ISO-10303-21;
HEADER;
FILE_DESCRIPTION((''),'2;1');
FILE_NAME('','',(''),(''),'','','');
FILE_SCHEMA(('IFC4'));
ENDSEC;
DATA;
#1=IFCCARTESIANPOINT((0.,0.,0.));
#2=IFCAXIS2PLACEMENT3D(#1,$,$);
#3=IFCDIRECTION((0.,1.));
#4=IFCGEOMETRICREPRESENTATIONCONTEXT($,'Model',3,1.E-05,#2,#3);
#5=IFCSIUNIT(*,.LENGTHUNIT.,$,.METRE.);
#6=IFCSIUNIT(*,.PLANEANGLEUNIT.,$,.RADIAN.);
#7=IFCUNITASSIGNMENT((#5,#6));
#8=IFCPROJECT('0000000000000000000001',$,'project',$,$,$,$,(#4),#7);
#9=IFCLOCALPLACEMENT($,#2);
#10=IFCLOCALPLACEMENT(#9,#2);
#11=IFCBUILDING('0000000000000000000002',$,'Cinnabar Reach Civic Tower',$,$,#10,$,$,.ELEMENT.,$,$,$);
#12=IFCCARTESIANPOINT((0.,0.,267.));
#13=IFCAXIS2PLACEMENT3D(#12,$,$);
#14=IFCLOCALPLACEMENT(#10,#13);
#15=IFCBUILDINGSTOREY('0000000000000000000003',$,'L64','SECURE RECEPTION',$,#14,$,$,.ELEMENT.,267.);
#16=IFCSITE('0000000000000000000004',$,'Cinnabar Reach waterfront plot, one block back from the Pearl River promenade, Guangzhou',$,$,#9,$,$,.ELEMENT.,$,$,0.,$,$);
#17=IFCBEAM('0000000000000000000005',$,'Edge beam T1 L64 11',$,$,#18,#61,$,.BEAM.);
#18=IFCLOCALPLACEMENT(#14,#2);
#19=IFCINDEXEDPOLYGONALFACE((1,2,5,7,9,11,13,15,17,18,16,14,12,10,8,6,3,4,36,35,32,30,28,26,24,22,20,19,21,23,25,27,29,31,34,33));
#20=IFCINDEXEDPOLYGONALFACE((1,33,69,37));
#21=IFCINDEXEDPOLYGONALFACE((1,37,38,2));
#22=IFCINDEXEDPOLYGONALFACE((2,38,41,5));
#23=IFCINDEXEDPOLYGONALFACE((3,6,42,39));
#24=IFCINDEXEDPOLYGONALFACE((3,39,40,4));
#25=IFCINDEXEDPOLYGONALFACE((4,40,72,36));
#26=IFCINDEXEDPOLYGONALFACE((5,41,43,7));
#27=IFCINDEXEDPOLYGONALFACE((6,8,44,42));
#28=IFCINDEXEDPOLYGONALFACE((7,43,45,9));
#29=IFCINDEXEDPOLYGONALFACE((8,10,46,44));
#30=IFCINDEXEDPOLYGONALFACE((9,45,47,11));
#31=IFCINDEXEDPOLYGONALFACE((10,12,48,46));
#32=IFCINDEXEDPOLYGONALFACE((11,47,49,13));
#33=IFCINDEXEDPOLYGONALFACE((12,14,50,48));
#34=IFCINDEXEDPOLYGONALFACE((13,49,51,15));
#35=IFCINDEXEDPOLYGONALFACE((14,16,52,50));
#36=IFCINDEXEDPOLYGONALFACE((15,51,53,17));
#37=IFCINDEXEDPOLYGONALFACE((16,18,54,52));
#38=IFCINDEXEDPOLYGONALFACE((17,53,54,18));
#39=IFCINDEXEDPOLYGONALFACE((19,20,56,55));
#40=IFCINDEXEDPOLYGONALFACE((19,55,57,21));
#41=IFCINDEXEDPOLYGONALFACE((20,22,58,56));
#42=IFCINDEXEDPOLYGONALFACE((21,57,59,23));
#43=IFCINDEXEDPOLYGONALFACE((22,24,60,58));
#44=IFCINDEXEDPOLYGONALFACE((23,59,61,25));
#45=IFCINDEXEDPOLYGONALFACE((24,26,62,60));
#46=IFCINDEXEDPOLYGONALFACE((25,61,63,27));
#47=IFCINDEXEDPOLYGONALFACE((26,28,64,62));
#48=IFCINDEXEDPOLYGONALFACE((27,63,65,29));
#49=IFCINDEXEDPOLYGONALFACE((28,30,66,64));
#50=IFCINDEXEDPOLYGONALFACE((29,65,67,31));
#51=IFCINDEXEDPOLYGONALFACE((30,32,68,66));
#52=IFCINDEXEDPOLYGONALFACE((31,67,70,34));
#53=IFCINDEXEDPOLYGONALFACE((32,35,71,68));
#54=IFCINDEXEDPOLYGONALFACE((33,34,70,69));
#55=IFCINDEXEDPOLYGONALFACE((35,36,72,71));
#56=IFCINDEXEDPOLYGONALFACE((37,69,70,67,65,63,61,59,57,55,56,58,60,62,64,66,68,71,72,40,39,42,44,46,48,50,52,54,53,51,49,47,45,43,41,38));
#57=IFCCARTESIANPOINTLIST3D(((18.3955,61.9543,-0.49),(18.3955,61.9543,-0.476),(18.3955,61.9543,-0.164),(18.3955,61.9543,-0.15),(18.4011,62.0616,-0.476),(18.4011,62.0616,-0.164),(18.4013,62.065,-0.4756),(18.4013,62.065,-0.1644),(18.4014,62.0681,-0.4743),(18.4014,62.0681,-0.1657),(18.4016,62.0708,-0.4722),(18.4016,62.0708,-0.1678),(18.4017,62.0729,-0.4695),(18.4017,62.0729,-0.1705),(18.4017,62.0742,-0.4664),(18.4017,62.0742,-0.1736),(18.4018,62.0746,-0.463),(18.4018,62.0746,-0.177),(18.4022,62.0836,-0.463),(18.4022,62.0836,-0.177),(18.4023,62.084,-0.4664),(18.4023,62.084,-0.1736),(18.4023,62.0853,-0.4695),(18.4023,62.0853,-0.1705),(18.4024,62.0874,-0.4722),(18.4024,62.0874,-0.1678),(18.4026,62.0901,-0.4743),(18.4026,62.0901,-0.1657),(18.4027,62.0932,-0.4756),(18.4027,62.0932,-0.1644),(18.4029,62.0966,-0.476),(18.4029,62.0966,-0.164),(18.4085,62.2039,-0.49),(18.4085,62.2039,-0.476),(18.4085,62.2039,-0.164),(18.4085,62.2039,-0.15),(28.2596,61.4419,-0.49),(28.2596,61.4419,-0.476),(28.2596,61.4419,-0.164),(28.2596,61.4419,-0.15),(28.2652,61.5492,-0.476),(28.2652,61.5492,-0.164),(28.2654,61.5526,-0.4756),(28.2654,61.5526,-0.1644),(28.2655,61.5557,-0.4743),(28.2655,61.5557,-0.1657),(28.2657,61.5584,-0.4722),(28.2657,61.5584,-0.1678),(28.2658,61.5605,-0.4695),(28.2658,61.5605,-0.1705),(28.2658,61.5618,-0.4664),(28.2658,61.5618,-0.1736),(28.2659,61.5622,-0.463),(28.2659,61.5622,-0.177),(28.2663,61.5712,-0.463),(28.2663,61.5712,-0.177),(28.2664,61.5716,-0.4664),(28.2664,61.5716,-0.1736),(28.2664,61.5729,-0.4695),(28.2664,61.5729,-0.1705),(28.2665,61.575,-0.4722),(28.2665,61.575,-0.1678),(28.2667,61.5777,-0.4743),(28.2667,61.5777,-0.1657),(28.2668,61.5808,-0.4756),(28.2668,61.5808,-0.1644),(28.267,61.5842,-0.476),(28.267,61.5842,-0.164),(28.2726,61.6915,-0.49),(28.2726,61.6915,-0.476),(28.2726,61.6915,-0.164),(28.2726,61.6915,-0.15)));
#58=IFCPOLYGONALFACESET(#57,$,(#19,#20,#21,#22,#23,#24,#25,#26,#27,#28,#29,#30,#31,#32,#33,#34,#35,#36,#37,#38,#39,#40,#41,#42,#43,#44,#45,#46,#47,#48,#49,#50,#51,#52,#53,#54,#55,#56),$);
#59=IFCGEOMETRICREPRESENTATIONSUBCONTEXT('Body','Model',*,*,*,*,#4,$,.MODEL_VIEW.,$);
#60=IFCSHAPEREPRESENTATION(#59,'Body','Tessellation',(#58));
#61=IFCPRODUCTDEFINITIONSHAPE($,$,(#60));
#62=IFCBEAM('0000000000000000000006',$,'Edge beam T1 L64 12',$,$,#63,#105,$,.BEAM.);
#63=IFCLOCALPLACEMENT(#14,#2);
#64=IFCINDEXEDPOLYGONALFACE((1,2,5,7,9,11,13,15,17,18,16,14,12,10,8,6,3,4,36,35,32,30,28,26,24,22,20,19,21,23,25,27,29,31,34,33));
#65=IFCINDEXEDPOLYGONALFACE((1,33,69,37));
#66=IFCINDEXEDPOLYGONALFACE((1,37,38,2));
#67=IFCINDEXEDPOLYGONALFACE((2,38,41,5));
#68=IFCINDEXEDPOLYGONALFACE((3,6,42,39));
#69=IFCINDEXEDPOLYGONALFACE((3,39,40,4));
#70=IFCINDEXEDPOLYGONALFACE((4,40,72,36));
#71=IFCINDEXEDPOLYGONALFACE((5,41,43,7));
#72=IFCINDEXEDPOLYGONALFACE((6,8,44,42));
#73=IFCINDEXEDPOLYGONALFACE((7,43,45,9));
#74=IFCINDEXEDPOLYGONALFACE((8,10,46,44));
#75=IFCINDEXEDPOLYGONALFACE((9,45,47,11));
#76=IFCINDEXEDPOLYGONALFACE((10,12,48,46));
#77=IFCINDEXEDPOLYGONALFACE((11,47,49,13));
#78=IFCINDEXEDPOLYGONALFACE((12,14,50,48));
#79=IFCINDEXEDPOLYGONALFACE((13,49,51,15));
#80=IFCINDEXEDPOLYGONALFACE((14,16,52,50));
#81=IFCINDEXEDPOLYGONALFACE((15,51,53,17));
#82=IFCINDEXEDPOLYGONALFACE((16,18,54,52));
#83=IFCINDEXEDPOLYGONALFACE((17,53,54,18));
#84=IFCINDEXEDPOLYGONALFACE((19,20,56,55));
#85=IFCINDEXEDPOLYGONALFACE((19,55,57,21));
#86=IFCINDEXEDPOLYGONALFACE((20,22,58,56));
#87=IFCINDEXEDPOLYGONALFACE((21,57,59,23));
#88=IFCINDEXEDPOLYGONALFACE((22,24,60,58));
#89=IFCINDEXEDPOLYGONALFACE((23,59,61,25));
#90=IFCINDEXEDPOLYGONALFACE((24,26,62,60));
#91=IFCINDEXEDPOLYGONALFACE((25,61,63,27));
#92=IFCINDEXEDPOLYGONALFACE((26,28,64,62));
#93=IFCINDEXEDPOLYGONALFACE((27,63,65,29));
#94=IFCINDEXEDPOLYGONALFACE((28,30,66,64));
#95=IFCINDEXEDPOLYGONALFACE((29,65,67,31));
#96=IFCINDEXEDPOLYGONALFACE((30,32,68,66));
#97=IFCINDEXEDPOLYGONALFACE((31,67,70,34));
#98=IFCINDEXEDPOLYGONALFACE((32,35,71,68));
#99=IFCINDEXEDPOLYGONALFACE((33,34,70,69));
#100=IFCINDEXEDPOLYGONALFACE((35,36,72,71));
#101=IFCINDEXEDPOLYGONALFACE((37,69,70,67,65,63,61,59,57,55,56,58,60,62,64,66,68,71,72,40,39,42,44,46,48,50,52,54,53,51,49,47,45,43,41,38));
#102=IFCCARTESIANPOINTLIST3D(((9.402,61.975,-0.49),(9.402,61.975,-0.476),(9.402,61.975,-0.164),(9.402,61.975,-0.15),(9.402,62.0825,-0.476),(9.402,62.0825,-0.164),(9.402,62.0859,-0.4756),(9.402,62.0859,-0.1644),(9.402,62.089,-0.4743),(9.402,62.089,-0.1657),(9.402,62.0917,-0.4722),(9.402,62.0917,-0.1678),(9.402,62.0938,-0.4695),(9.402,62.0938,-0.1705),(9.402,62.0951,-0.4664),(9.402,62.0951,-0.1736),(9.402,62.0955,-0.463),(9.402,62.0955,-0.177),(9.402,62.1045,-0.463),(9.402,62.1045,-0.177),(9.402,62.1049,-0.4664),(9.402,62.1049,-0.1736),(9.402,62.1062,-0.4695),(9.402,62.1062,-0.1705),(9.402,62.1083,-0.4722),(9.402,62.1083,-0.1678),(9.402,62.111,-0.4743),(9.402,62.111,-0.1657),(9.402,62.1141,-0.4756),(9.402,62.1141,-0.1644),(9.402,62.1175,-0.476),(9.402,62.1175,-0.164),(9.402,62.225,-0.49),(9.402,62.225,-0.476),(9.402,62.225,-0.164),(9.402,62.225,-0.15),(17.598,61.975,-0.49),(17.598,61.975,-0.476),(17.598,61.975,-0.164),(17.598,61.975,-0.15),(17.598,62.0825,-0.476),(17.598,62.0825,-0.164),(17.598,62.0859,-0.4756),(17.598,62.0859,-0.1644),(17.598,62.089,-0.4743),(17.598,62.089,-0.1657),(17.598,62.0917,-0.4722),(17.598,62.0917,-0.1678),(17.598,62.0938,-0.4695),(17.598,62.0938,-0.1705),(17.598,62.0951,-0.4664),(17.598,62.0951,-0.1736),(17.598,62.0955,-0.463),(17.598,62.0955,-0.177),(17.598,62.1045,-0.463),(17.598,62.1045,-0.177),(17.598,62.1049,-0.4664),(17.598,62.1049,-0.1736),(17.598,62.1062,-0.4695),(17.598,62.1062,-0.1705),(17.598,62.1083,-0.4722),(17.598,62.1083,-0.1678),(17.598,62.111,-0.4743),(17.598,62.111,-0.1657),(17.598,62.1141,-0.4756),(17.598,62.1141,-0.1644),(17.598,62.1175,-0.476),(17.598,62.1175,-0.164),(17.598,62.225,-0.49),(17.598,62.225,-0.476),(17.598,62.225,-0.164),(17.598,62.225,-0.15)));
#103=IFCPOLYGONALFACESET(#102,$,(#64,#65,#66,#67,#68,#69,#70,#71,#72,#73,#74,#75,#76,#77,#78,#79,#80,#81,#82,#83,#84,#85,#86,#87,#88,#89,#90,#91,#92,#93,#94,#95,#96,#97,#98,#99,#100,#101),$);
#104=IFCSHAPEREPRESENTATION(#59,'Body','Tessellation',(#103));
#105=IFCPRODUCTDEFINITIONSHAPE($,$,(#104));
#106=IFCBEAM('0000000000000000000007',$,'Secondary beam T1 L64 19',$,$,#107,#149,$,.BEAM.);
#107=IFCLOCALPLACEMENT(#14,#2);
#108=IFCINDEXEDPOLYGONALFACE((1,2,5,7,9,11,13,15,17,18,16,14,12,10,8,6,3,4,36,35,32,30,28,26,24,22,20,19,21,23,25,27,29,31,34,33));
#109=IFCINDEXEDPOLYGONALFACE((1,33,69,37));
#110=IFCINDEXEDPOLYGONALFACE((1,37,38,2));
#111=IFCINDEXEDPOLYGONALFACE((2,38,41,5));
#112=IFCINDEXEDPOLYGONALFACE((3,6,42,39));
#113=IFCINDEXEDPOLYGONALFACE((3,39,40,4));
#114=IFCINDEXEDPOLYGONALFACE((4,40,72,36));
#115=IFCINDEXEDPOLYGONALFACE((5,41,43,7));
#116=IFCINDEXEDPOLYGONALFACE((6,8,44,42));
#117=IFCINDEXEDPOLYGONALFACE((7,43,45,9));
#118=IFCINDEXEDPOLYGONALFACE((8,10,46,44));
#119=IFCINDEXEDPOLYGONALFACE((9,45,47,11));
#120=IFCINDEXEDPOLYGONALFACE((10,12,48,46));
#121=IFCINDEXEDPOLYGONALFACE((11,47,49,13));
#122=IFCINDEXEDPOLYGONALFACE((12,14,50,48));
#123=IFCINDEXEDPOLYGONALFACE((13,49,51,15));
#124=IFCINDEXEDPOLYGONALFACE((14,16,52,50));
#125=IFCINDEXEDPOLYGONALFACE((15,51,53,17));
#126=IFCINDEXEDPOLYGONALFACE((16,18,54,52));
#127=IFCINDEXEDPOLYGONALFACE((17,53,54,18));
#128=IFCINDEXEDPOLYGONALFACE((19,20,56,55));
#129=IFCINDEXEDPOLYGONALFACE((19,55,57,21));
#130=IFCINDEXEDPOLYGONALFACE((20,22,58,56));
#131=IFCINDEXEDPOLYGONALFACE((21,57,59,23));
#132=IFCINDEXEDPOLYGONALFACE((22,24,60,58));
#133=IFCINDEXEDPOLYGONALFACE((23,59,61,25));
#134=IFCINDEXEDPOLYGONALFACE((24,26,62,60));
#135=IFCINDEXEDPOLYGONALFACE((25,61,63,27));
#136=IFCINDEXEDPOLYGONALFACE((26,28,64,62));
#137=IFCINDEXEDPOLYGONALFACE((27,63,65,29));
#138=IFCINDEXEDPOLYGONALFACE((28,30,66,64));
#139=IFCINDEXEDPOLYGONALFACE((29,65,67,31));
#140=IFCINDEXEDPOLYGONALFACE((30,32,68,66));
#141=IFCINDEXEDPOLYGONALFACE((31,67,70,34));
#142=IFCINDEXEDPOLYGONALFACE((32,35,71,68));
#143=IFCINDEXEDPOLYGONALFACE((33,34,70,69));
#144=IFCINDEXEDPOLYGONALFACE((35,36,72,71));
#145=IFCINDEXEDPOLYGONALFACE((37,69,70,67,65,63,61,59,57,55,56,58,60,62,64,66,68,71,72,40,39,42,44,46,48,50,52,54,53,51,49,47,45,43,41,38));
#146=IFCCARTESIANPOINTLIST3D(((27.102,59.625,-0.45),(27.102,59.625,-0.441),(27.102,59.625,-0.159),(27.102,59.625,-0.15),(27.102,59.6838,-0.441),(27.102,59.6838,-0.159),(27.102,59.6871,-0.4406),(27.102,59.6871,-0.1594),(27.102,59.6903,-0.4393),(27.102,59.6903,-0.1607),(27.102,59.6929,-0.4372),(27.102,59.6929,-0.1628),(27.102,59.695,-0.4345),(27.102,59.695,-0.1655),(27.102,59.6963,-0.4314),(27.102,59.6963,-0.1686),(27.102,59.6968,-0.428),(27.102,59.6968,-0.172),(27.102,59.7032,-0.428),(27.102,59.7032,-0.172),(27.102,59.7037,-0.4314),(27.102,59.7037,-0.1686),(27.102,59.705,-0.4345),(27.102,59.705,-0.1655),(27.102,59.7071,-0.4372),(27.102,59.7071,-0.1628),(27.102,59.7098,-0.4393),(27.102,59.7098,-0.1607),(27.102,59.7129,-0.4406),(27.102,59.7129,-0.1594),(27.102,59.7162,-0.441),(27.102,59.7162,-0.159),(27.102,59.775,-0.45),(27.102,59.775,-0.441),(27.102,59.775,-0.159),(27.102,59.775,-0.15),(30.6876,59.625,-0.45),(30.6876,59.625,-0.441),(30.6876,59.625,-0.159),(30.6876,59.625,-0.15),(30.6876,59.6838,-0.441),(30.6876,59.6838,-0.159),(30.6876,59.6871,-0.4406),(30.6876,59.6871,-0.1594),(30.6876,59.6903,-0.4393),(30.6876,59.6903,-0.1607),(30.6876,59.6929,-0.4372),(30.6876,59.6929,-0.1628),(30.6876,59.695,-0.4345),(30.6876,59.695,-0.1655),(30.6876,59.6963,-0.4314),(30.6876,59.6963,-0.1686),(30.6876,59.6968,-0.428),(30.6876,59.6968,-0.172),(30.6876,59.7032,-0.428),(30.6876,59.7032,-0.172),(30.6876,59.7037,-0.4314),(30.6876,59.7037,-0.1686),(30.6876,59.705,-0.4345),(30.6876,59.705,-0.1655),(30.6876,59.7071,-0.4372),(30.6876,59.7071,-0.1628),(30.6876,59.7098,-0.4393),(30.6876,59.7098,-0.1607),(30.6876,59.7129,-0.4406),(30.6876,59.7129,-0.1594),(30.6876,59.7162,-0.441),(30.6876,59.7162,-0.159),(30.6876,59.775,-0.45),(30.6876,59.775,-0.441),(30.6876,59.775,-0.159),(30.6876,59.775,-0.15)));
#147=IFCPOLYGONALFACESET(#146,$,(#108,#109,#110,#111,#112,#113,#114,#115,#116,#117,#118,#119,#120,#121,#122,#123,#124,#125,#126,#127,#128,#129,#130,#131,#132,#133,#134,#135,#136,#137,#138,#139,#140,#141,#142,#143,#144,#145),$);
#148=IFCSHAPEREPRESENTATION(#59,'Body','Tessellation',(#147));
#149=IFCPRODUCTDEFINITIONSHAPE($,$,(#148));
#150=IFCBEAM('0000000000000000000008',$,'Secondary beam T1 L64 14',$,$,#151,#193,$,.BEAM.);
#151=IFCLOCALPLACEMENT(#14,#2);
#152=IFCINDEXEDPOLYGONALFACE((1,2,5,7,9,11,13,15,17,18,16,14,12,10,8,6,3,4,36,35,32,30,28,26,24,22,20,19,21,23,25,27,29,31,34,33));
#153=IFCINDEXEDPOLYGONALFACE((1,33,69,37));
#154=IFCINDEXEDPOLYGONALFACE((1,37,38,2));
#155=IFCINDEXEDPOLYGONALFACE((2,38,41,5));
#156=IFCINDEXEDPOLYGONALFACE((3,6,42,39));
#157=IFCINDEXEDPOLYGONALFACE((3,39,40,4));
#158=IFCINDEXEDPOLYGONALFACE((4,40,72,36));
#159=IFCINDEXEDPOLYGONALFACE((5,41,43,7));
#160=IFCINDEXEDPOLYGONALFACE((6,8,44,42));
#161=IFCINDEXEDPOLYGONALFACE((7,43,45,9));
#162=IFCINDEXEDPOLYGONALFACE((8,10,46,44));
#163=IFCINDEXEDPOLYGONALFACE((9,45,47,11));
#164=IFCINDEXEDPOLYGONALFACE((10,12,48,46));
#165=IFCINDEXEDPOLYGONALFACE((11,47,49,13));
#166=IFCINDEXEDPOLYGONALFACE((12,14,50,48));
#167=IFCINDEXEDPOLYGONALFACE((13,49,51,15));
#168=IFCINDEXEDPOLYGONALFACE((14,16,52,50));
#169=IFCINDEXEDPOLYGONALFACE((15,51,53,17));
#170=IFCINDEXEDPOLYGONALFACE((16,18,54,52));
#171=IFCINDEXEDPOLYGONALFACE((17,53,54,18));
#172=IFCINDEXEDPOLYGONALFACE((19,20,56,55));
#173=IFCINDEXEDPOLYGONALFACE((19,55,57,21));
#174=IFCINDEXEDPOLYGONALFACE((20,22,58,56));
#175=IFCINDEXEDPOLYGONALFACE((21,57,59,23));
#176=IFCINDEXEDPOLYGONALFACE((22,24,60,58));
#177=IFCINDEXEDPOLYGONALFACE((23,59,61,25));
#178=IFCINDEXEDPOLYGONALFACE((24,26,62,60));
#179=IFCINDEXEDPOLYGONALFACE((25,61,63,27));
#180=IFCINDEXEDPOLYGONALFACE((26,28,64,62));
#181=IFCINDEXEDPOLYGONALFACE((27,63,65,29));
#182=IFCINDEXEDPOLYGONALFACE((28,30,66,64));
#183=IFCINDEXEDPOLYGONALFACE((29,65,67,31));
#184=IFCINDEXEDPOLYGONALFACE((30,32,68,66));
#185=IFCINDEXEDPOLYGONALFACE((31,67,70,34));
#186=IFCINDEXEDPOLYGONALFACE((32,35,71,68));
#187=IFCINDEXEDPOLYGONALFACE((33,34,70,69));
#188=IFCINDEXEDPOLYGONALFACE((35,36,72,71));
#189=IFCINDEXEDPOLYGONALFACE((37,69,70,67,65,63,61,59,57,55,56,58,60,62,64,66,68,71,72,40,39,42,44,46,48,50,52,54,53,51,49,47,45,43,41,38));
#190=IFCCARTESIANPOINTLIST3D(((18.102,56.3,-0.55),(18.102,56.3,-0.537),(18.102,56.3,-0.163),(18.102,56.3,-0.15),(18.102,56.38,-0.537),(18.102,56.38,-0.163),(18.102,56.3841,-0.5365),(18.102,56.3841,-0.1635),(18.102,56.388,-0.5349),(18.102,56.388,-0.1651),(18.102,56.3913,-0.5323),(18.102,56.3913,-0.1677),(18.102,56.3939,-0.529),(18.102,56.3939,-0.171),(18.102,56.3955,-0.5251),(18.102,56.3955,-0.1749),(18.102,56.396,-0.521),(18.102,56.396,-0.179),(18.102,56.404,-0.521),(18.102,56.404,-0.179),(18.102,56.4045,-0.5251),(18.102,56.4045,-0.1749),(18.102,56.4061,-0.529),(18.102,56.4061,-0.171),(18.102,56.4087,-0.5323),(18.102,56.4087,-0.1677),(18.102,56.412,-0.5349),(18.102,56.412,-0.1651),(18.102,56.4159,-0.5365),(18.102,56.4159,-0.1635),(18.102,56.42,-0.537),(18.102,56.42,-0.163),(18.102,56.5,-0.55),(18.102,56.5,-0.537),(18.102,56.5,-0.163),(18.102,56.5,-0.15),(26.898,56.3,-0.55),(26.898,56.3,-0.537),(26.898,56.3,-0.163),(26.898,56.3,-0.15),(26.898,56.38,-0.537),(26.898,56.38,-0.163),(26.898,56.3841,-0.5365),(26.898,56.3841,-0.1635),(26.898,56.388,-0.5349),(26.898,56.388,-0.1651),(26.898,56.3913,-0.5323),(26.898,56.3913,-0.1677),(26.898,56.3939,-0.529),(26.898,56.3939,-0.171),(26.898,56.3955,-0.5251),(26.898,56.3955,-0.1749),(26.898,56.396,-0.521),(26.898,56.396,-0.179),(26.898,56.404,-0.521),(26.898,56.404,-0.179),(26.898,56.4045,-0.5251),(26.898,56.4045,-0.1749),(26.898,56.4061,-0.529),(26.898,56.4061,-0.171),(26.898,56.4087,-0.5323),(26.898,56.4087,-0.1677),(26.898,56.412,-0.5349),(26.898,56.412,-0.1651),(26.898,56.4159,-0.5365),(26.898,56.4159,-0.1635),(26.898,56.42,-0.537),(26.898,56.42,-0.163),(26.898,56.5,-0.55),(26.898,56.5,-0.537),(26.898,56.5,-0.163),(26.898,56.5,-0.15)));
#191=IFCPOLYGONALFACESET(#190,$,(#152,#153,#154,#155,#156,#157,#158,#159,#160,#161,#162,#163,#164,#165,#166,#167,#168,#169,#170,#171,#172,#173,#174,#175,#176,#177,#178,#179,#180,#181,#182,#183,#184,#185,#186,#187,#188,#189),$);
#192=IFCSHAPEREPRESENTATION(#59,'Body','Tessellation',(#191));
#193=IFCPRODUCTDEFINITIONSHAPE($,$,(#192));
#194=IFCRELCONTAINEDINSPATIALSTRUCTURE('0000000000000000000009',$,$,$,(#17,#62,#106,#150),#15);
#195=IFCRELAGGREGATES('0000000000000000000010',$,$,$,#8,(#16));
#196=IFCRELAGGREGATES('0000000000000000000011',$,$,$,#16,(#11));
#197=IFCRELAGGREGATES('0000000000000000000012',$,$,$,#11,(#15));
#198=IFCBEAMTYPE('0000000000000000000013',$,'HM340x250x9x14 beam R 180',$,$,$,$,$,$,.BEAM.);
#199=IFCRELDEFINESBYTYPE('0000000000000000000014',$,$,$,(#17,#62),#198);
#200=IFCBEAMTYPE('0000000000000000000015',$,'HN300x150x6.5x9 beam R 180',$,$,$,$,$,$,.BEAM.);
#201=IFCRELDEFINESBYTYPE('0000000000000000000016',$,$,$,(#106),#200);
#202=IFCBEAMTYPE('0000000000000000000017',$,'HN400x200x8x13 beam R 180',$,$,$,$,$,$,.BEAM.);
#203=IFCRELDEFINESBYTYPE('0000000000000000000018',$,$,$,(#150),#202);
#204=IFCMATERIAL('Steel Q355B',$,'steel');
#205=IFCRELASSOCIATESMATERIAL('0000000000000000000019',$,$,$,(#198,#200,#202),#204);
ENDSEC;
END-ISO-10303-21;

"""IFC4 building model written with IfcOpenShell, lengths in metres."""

from ifc_helpers import new_model, si_unit, direction, frame, origin, origin_2d, place, context, subcontext, project, spatial, i_section, extrude, material, material_profile, profile_set, type_object, element, save


model = new_model("IFC4")

# Units and contexts
model_context = context("Model", 3, precision=1e-05, world=origin(), true_north=direction((0.0, 1.0)))
body_context = subcontext(model_context, "Body", "Model", "MODEL_VIEW")
ifc_project = project(units=[si_unit("LENGTHUNIT", "METRE"), si_unit("PLANEANGLEUNIT", "RADIAN")], contexts=[model_context])

# Site, building, storey
site_placement = place(None, origin())
site = spatial("IfcSite", under=ifc_project, at=site_placement, Name="Cinnabar Reach waterfront plot, one block back from the Pearl River promenade, Guangzhou", CompositionType="ELEMENT", RefElevation=0.0)
building_placement = place(site_placement, origin())
building = spatial("IfcBuilding", under=site, at=building_placement, Name="Cinnabar Reach Civic Tower", CompositionType="ELEMENT")
storey_placement = place(building_placement, frame((0.0, 0.0, 267.0)))
storey = spatial("IfcBuildingStorey", under=building, at=storey_placement, Name="L64", Description="SECURE RECEPTION", CompositionType="ELEMENT", Elevation=267.0)

# Beams
ifc_material_1 = material(Name="Steel Q355B", Category="steel")
ifc_material_profile_1 = material_profile(ifc_material_1, i_section(OverallWidth=0.25, OverallDepth=0.34, WebThickness=0.009, FlangeThickness=0.014, FilletRadius=0.013, at=origin_2d()), Name="HM340x250x9x14")
ifc_profile_set_1 = profile_set([ifc_material_profile_1], Name="Steel Q355B")
beam_type_1 = type_object("IfcBeamType", Name="HM340x250x9x14 beam R 180", PredefinedType="BEAM", material=ifc_profile_set_1)
beam_1_placement = place(storey_placement, frame((28.2661, 61.5667, -0.32), z_axis=(-0.998654, 0.051876, 0.0), x_axis=(-0.051876, -0.998654, 0.0)))
element("IfcBeam", 1, at=beam_1_placement, inside=storey, type_object=beam_type_1, Name="Edge beam T1 L64 11", PredefinedType="BEAM", context=body_context, shape_type="SweptSolid", body=[
    extrude(i_section(OverallWidth=0.25, OverallDepth=0.34, WebThickness=0.009, FlangeThickness=0.014, FilletRadius=0.013, at=origin_2d()), origin(), (0.0, 0.0, 1.0), 9.8774),
])
beam_2_placement = place(storey_placement, frame((17.598, 62.1, -0.32), z_axis=(-1.0, 0.0, 0.0), x_axis=(0.0, -1.0, 0.0)))
element("IfcBeam", 2, at=beam_2_placement, inside=storey, type_object=beam_type_1, Name="Edge beam T1 L64 12", PredefinedType="BEAM", context=body_context, shape_type="SweptSolid", body=[
    extrude(i_section(OverallWidth=0.25, OverallDepth=0.34, WebThickness=0.009, FlangeThickness=0.014, FilletRadius=0.013, at=origin_2d()), origin(), (0.0, 0.0, 1.0), 8.196),
])
ifc_material_profile_2 = material_profile(ifc_material_1, i_section(OverallWidth=0.15, OverallDepth=0.3, WebThickness=0.0065, FlangeThickness=0.009, FilletRadius=0.013, at=origin_2d()), Name="HN300x150x6.5x9")
ifc_profile_set_2 = profile_set([ifc_material_profile_2], Name="Steel Q355B")
beam_type_2 = type_object("IfcBeamType", Name="HN300x150x6.5x9 beam R 180", PredefinedType="BEAM", material=ifc_profile_set_2)
beam_3_placement = place(storey_placement, frame((27.102, 59.7, -0.3), z_axis=(1.0, 0.0, 0.0), x_axis=(0.0, 1.0, 0.0)))
element("IfcBeam", 3, at=beam_3_placement, inside=storey, type_object=beam_type_2, Name="Secondary beam T1 L64 19", PredefinedType="BEAM", context=body_context, shape_type="SweptSolid", body=[
    extrude(i_section(OverallWidth=0.15, OverallDepth=0.3, WebThickness=0.0065, FlangeThickness=0.009, FilletRadius=0.013, at=origin_2d()), origin(), (0.0, 0.0, 1.0), 3.5856),
])
ifc_material_profile_3 = material_profile(ifc_material_1, i_section(OverallWidth=0.2, OverallDepth=0.4, WebThickness=0.008, FlangeThickness=0.013, FilletRadius=0.016, at=origin_2d()), Name="HN400x200x8x13")
ifc_profile_set_3 = profile_set([ifc_material_profile_3], Name="Steel Q355B")
beam_type_3 = type_object("IfcBeamType", Name="HN400x200x8x13 beam R 180", PredefinedType="BEAM", material=ifc_profile_set_3)
beam_4_placement = place(storey_placement, frame((18.102, 56.4, -0.35), z_axis=(1.0, 0.0, 0.0), x_axis=(0.0, 1.0, 0.0)))
element("IfcBeam", 4, at=beam_4_placement, inside=storey, type_object=beam_type_3, Name="Secondary beam T1 L64 14", PredefinedType="BEAM", context=body_context, shape_type="SweptSolid", body=[
    extrude(i_section(OverallWidth=0.2, OverallDepth=0.4, WebThickness=0.008, FlangeThickness=0.013, FilletRadius=0.016, at=origin_2d()), origin(), (0.0, 0.0, 1.0), 8.796),
])

save(model, "model.ifc")
